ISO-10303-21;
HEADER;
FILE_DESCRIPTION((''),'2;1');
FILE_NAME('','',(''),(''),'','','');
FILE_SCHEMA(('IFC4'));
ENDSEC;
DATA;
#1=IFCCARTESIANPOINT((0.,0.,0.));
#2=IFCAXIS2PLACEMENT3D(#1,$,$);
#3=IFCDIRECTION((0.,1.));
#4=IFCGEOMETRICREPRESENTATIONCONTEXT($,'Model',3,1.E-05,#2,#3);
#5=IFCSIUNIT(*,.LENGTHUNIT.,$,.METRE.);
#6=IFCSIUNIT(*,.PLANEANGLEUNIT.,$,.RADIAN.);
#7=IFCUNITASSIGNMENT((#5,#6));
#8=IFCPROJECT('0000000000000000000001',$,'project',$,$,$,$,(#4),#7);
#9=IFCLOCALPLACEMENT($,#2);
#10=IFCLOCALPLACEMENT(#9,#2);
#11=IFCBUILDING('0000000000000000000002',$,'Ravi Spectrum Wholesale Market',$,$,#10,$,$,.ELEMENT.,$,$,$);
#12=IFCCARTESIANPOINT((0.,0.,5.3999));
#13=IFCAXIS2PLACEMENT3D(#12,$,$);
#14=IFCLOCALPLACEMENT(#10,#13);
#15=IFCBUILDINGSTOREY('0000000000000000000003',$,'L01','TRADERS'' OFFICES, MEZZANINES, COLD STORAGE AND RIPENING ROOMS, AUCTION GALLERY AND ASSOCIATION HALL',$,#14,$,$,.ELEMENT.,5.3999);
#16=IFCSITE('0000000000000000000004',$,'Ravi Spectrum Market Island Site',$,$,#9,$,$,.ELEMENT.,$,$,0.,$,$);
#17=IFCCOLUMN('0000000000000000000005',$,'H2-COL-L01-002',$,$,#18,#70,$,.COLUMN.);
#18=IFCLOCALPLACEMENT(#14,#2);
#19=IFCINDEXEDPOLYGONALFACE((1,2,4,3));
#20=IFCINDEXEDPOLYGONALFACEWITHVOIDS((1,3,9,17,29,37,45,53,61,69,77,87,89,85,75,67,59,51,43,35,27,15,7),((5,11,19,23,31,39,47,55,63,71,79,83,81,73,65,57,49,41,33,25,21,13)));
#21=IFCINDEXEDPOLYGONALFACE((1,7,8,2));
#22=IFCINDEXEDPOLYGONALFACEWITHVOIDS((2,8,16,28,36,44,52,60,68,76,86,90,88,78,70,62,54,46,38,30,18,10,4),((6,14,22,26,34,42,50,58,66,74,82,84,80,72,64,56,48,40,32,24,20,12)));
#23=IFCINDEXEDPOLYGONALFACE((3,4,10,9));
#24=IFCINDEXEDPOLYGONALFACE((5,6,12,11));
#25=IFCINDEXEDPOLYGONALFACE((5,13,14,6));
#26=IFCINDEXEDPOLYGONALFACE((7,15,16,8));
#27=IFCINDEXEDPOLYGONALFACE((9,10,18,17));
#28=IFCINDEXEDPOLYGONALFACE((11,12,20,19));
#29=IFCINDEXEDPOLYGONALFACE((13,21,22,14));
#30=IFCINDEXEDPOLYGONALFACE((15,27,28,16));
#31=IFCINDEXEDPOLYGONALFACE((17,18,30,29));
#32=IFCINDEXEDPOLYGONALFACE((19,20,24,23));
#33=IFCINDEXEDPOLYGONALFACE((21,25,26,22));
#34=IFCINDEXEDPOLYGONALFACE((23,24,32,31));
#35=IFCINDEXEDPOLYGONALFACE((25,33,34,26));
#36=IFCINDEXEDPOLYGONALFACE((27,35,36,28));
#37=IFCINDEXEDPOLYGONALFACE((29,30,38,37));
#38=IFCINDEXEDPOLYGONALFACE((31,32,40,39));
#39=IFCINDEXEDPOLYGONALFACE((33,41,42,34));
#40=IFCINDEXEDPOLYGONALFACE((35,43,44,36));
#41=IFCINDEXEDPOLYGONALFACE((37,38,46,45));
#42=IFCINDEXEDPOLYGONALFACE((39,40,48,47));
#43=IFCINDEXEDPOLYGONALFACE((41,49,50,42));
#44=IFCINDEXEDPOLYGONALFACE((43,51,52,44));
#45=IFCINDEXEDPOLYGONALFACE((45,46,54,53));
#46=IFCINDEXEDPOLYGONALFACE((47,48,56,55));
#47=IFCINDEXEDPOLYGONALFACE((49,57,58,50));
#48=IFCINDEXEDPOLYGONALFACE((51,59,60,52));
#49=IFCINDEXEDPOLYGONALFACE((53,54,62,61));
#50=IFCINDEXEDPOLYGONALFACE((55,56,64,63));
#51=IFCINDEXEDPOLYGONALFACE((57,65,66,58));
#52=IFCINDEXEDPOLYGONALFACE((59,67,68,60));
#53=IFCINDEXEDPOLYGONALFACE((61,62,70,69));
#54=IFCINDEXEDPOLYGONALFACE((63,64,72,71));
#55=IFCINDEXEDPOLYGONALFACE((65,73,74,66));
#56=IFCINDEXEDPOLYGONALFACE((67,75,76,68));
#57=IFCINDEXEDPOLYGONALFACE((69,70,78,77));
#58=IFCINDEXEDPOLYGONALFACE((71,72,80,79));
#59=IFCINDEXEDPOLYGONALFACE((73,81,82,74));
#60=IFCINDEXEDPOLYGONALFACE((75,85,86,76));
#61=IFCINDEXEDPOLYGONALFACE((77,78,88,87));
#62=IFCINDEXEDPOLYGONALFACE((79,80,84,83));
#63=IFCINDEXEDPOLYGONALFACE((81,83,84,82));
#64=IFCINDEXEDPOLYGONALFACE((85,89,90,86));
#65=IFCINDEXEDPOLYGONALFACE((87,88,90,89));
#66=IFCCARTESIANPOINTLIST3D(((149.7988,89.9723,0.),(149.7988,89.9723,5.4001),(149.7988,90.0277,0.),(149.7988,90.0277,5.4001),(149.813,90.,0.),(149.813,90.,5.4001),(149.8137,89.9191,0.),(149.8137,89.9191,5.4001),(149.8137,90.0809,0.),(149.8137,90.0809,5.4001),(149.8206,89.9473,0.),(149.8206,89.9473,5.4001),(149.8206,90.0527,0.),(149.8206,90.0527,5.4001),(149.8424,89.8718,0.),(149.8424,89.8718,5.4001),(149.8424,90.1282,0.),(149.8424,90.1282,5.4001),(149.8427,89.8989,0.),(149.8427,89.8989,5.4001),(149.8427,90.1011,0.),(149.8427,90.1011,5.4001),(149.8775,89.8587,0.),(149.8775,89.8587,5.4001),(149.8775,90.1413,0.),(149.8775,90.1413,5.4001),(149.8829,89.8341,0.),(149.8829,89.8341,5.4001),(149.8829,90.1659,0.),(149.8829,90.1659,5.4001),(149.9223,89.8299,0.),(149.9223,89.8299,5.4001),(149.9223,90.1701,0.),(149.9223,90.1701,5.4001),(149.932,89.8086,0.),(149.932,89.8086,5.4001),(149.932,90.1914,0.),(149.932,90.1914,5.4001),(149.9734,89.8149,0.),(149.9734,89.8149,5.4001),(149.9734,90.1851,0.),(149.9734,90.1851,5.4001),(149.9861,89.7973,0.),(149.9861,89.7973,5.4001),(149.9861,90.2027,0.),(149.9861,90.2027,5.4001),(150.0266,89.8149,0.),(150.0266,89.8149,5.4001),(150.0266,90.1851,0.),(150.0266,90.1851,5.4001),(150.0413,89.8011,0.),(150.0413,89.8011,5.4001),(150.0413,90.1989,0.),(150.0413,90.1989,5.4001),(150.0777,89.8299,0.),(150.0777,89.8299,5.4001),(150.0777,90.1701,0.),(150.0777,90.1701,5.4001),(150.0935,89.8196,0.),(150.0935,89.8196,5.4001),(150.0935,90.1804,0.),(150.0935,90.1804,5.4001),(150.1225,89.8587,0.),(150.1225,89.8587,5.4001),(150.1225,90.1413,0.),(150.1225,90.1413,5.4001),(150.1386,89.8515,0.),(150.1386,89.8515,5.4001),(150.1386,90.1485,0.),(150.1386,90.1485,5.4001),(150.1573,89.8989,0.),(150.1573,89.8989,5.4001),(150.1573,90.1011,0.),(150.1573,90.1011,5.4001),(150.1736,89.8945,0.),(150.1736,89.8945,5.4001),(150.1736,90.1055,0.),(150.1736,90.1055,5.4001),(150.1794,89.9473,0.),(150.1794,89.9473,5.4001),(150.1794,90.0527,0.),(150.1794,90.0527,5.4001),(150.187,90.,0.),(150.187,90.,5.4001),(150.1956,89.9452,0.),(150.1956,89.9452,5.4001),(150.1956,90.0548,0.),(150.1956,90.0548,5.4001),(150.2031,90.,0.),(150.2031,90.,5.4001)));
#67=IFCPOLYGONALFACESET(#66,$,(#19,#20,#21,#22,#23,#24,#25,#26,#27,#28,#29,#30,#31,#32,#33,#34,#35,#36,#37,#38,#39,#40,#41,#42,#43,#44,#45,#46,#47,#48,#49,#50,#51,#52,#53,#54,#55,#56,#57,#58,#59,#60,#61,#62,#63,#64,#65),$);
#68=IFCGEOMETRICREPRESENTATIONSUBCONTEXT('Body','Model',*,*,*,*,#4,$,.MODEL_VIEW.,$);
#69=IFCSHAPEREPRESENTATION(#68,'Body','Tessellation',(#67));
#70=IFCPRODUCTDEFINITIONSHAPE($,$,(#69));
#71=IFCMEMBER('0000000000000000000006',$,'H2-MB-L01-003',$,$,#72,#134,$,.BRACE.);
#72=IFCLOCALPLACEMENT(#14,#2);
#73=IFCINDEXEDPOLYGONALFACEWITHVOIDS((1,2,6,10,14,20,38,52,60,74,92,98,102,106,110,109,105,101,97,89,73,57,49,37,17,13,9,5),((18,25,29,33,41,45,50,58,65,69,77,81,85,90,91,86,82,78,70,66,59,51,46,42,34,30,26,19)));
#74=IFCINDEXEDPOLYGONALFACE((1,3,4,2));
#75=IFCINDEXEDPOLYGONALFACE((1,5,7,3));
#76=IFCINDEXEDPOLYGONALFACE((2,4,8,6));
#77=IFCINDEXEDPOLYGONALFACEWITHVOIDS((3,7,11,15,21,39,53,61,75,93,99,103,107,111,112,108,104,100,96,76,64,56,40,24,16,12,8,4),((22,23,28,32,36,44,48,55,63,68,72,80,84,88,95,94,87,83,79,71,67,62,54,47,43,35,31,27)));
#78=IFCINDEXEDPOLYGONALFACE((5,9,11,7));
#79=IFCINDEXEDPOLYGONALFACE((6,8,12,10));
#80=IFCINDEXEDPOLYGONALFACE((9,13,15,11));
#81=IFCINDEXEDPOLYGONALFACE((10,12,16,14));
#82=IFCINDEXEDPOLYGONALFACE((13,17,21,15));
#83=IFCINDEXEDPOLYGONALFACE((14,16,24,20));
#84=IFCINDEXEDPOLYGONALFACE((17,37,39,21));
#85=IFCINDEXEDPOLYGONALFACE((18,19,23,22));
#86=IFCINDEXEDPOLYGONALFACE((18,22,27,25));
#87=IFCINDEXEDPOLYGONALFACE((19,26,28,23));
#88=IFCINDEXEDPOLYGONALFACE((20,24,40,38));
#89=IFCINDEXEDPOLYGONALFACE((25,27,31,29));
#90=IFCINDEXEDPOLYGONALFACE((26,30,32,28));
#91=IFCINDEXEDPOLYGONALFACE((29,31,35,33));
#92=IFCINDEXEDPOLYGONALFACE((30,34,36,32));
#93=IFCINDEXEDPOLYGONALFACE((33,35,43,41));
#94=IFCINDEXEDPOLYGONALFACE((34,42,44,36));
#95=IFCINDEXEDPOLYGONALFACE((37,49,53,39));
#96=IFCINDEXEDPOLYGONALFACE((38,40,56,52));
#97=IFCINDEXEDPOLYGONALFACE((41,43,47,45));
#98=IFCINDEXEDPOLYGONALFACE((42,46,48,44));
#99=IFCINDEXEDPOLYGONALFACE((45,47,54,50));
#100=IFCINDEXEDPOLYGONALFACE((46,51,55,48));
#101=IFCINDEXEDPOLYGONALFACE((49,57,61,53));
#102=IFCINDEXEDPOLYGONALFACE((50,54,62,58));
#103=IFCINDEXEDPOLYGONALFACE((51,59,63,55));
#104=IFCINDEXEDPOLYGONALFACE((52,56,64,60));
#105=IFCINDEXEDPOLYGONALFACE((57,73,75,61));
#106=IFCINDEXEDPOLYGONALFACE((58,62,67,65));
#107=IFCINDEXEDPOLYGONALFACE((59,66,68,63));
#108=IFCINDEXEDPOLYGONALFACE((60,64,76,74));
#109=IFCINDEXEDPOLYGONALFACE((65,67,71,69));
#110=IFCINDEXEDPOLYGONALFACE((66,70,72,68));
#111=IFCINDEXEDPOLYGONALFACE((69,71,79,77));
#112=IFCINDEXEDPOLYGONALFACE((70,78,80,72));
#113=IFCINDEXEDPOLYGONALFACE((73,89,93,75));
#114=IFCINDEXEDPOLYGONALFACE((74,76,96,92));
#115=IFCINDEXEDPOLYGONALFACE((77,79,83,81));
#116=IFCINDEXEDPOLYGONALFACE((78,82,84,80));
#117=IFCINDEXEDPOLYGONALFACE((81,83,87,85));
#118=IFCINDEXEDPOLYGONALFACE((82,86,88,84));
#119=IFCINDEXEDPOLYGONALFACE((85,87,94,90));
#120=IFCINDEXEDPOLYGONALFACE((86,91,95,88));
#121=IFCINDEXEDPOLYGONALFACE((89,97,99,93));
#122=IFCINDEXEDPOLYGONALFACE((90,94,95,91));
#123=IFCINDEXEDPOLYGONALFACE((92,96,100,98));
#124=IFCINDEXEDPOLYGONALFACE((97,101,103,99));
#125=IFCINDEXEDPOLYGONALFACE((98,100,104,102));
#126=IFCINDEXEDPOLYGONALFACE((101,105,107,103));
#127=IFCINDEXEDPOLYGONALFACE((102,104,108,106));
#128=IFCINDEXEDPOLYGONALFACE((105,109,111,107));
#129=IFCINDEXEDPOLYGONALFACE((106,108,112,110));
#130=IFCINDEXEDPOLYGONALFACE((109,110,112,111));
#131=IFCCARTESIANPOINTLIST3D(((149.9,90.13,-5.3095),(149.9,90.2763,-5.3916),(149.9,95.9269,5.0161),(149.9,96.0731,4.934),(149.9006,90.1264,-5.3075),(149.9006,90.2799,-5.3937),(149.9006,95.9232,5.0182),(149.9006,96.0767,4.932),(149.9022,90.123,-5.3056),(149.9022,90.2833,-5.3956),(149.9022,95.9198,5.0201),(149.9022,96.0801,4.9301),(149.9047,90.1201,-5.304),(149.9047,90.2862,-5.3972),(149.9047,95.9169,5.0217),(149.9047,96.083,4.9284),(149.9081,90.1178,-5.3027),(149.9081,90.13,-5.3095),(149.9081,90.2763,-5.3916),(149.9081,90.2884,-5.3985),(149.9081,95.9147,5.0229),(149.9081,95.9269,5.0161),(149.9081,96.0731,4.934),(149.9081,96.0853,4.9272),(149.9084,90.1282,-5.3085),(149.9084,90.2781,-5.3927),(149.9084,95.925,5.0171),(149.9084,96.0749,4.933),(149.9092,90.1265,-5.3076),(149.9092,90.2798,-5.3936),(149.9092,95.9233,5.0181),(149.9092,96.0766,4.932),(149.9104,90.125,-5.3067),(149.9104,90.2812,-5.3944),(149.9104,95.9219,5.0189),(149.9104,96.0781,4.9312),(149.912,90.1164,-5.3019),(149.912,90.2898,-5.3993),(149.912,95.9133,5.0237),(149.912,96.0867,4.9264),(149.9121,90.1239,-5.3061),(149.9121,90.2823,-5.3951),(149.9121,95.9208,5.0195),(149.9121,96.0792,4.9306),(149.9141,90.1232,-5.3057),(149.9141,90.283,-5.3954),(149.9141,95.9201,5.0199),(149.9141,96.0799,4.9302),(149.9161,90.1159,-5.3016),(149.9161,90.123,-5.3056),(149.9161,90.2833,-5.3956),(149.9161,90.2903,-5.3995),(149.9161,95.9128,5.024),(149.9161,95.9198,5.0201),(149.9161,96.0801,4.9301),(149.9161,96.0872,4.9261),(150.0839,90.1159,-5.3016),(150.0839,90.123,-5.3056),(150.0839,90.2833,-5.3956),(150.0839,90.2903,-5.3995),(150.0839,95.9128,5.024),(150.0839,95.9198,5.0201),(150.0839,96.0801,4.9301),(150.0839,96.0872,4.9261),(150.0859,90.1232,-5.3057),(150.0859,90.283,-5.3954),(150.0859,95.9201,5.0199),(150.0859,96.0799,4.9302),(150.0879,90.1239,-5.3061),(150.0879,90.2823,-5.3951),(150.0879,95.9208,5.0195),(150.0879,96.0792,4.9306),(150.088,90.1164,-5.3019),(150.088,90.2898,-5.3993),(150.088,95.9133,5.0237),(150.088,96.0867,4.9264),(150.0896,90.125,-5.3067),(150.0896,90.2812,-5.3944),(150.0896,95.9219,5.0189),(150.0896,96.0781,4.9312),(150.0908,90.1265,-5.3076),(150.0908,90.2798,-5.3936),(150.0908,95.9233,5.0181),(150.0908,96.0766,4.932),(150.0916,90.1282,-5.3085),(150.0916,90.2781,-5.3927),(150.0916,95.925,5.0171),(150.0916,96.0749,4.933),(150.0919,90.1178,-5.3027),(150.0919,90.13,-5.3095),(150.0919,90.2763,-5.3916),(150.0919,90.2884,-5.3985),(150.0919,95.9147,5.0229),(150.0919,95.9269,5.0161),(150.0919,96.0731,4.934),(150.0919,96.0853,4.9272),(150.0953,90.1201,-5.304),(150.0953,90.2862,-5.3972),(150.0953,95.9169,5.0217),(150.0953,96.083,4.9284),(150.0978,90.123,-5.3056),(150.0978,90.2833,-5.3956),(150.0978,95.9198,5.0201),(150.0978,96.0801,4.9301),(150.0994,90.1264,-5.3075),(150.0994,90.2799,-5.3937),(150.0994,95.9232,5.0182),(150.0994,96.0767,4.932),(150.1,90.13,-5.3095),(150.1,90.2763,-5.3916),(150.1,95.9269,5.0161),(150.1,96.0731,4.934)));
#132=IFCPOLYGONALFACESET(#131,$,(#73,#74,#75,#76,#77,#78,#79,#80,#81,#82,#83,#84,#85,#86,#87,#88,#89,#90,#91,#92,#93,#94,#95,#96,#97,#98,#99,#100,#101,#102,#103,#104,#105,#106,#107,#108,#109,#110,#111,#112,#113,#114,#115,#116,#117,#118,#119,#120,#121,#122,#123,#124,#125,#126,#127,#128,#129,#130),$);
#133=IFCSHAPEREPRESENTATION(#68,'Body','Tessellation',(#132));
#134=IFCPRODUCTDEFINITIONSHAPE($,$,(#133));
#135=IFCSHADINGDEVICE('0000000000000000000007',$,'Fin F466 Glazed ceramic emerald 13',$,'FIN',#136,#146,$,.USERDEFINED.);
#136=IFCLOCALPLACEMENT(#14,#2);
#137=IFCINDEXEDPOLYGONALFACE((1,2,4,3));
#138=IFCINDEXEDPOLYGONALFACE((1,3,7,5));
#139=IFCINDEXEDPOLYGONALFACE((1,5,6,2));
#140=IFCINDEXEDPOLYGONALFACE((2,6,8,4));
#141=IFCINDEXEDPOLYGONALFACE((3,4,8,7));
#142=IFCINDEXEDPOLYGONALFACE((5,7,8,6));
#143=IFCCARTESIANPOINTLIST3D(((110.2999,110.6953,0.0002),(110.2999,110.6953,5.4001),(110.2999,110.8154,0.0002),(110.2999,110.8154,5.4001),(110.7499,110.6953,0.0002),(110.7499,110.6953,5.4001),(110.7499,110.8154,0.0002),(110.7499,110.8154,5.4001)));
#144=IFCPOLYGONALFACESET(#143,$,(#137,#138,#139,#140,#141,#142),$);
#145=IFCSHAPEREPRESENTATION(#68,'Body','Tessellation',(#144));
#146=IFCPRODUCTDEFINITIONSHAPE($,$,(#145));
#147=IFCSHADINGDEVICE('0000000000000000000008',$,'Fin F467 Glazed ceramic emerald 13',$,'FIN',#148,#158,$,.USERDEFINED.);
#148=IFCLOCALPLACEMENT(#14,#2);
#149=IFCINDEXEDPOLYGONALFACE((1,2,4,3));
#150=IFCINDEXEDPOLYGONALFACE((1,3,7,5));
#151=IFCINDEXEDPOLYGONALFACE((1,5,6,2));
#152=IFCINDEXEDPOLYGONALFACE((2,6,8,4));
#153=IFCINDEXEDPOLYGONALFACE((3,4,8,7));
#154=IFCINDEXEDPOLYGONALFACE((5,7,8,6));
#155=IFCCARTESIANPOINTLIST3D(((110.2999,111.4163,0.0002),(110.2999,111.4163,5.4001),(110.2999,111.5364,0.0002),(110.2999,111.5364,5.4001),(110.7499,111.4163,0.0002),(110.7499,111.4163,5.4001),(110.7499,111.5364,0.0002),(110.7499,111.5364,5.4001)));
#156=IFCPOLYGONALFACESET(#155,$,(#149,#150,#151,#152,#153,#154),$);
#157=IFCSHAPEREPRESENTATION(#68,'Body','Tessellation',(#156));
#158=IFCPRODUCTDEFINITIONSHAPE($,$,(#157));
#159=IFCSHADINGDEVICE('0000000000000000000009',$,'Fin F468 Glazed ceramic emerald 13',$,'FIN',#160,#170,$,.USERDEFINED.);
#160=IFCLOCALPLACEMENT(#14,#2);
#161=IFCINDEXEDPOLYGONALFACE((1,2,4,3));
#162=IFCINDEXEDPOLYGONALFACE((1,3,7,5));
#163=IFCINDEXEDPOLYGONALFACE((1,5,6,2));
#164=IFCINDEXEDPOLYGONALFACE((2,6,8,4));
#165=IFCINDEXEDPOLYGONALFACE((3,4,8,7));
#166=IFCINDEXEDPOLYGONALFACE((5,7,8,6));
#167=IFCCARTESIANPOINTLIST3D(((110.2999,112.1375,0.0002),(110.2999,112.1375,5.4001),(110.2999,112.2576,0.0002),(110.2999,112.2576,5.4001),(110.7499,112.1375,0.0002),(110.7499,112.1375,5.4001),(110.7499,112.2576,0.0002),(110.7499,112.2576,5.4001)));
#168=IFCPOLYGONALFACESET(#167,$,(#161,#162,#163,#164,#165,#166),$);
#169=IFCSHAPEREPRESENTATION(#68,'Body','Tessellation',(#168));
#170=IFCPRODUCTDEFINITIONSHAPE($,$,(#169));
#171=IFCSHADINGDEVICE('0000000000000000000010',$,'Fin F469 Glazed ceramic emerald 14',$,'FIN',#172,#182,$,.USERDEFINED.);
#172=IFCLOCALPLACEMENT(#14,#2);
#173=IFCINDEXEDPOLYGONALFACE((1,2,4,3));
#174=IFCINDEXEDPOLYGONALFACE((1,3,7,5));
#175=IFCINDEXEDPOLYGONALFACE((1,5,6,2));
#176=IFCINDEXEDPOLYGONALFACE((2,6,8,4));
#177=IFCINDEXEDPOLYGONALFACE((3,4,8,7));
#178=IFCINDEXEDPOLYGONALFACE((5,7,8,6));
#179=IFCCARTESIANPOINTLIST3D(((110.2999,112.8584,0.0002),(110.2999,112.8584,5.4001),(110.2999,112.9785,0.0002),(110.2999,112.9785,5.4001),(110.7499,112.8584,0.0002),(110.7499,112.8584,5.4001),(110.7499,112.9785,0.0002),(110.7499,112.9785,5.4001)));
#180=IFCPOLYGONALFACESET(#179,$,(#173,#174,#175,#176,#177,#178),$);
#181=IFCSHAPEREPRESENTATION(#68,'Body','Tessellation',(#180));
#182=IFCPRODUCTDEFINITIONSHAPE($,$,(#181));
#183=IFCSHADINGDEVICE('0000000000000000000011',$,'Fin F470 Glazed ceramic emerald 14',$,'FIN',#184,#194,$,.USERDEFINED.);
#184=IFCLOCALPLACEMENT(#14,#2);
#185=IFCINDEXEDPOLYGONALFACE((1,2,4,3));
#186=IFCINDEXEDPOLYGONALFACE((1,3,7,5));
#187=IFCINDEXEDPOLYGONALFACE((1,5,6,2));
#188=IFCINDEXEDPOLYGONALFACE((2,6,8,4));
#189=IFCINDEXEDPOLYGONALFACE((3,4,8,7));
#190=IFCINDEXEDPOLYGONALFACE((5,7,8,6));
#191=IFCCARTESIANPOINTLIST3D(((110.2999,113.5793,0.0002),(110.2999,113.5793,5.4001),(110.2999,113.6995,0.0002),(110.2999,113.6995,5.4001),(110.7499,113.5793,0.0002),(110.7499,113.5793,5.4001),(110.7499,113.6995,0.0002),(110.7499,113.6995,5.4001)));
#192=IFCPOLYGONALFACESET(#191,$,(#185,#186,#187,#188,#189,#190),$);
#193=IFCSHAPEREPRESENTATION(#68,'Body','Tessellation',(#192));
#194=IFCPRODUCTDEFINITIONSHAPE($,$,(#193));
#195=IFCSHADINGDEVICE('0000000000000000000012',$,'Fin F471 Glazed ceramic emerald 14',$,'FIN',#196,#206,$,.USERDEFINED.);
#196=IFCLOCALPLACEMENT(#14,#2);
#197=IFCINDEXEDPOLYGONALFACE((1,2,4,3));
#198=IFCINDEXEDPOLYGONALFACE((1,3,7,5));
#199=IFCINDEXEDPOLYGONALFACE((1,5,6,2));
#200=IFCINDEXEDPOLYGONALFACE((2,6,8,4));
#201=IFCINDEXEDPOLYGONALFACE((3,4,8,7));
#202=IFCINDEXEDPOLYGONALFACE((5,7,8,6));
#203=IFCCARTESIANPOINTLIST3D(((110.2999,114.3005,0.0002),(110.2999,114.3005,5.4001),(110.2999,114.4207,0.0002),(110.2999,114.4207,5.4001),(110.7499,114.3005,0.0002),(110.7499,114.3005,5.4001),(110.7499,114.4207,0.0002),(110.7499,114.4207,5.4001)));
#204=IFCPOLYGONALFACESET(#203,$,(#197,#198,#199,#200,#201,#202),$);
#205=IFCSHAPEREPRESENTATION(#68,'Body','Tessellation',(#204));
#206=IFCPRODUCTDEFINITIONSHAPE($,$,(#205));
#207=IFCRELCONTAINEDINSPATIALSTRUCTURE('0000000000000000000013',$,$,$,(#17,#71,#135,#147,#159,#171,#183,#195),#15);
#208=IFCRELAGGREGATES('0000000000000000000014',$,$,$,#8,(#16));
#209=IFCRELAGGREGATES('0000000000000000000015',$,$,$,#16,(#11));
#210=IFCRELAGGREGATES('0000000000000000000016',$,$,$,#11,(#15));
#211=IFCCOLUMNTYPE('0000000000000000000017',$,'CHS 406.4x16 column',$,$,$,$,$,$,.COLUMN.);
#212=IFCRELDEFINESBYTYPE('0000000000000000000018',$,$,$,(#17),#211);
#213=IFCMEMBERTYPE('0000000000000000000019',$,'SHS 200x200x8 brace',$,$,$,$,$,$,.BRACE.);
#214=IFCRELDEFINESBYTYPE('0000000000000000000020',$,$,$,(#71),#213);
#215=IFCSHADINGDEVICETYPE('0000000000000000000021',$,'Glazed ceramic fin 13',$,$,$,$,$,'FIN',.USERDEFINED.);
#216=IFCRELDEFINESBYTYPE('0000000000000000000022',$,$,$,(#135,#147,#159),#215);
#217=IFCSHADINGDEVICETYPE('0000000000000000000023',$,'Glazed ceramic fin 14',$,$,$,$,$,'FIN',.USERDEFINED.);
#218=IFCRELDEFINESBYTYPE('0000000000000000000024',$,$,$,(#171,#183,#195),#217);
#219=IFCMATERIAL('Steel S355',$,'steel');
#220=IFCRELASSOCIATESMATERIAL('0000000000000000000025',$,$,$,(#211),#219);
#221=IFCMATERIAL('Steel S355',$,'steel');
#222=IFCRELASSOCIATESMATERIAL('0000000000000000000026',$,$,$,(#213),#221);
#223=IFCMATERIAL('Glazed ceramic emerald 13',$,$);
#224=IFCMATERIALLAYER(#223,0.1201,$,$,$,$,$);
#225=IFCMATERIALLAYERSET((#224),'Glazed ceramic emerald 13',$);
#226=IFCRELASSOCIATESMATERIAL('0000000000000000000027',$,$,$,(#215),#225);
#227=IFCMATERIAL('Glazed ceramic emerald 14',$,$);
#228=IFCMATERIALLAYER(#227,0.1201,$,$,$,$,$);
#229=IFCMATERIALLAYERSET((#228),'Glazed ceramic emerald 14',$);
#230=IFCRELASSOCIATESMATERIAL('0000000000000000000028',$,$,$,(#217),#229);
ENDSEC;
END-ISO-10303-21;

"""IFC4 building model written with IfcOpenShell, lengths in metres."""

from ifc_helpers import new_model, si_unit, direction, frame, origin, origin_2d, place, context, subcontext, project, spatial, rectangle, hollow_rectangle, hollow_circle, extrude, material, layer, layer_set, material_profile, profile_set, type_object, element, save


model = new_model("IFC4")

# Units and contexts
model_context = context("Model", 3, precision=1e-05, world=origin(), true_north=direction((0.0, 1.0)))
body_context = subcontext(model_context, "Body", "Model", "MODEL_VIEW")
ifc_project = project(units=[si_unit("LENGTHUNIT", "METRE"), si_unit("PLANEANGLEUNIT", "RADIAN")], contexts=[model_context])

# Site, building, storey
site_placement = place(None, origin())
site = spatial("IfcSite", under=ifc_project, at=site_placement, Name="Ravi Spectrum Market Island Site", CompositionType="ELEMENT", RefElevation=0.0)
building_placement = place(site_placement, origin())
building = spatial("IfcBuilding", under=site, at=building_placement, Name="Ravi Spectrum Wholesale Market", CompositionType="ELEMENT")
storey_placement = place(building_placement, frame((0.0, 0.0, 5.3999)))
storey = spatial("IfcBuildingStorey", under=building, at=storey_placement, Name="L01", Description="TRADERS' OFFICES, MEZZANINES, COLD STORAGE AND RIPENING ROOMS, AUCTION GALLERY AND ASSOCIATION HALL", CompositionType="ELEMENT", Elevation=5.3999)

# Column
ifc_material_1 = material(Name="Steel S355", Category="steel")
ifc_material_profile_1 = material_profile(ifc_material_1, hollow_circle(Radius=0.2031, WallThickness=0.0161, at=origin_2d()))
ifc_profile_set_1 = profile_set([ifc_material_profile_1], Name="Steel S355")
column_type = type_object("IfcColumnType", Name="CHS 406.4x16 column", PredefinedType="COLUMN", material=ifc_profile_set_1)
column_placement = place(storey_placement, frame((150.0, 90.0, 0.0), z_axis=(0.0, 0.0, 1.0), x_axis=(1.0, 0.0, 0.0)))
element("IfcColumn", 1, at=column_placement, inside=storey, type_object=column_type, Name="H2-COL-L01-002", PredefinedType="COLUMN", context=body_context, shape_type="SweptSolid", body=[
    extrude(hollow_circle(Radius=0.2031, WallThickness=0.0161, at=origin_2d()), origin(), (0.0, 0.0, 1.0), 5.4001),
])

# Member
ifc_material_2 = material(Name="Steel S355", Category="steel")
ifc_material_profile_2 = material_profile(ifc_material_2, hollow_rectangle(XDim=0.2, YDim=0.2, WallThickness=0.0081, InnerFilletRadius=0.0081, OuterFilletRadius=0.0161, at=origin_2d()))
ifc_profile_set_2 = profile_set([ifc_material_profile_2], Name="Steel S355")
member_type = type_object("IfcMemberType", Name="SHS 200x200x8 brace", PredefinedType="BRACE", material=ifc_profile_set_2)
member_placement = place(storey_placement, frame((150.0, 90.2031, -5.3506), z_axis=(0.0, 0.489535, 0.871984), x_axis=(-1.0, 0.0, 0.0)))
element("IfcMember", 2, at=member_placement, inside=storey, type_object=member_type, Name="H2-MB-L01-003", PredefinedType="BRACE", context=body_context, shape_type="SweptSolid", body=[
    extrude(hollow_rectangle(XDim=0.2, YDim=0.2, WallThickness=0.0081, InnerFilletRadius=0.0081, OuterFilletRadius=0.0161, at=origin_2d()), origin(), (0.0, 0.0, 1.0), 11.8416),
])

# Shading devices
ifc_material_3 = material(Name="Glazed ceramic emerald 13")
ifc_layer_1 = layer(ifc_material_3, 0.1201)
ifc_layer_set_1 = layer_set([ifc_layer_1], Name="Glazed ceramic emerald 13")
shading_device_type_1 = type_object("IfcShadingDeviceType", Name="Glazed ceramic fin 13", ElementType="FIN", PredefinedType="USERDEFINED", material=ifc_layer_set_1)
for number, where, z_axis, x_axis, name in (
    (3, (110.5249, 110.7554, 0.0002), (0.0, 0.0, 1.0), (0.0, 1.0, 0.0), "Fin F466 Glazed ceramic emerald 13"),
    (4, (110.5249, 111.4763, 0.0002), (0.0, 0.0, 1.0), (0.0, 1.0, 0.0), "Fin F467 Glazed ceramic emerald 13"),
    (5, (110.5249, 112.1975, 0.0002), (0.0, 0.0, 1.0), (0.0, 1.0, 0.0), "Fin F468 Glazed ceramic emerald 13"),
):
    element("IfcShadingDevice", number, at=place(storey_placement, frame(where, z_axis=z_axis, x_axis=x_axis)), inside=storey, type_object=shading_device_type_1, Name=name, ObjectType="FIN", PredefinedType="USERDEFINED", context=body_context, shape_type="SweptSolid", body=[
        extrude(rectangle(XDim=0.1201, YDim=0.45, at=origin_2d()), origin(), (0.0, 0.0, 1.0), 5.3999),
    ])
ifc_material_4 = material(Name="Glazed ceramic emerald 14")
ifc_layer_2 = layer(ifc_material_4, 0.1201)
ifc_layer_set_2 = layer_set([ifc_layer_2], Name="Glazed ceramic emerald 14")
shading_device_type_2 = type_object("IfcShadingDeviceType", Name="Glazed ceramic fin 14", ElementType="FIN", PredefinedType="USERDEFINED", material=ifc_layer_set_2)
for number, where, z_axis, x_axis, name in (
    (6, (110.5249, 112.9185, 0.0002), (0.0, 0.0, 1.0), (0.0, 1.0, 0.0), "Fin F469 Glazed ceramic emerald 14"),
    (7, (110.5249, 113.6394, 0.0002), (0.0, 0.0, 1.0), (0.0, 1.0, 0.0), "Fin F470 Glazed ceramic emerald 14"),
    (8, (110.5249, 114.3606, 0.0002), (0.0, 0.0, 1.0), (0.0, 1.0, 0.0), "Fin F471 Glazed ceramic emerald 14"),
):
    element("IfcShadingDevice", number, at=place(storey_placement, frame(where, z_axis=z_axis, x_axis=x_axis)), inside=storey, type_object=shading_device_type_2, Name=name, ObjectType="FIN", PredefinedType="USERDEFINED", context=body_context, shape_type="SweptSolid", body=[
        extrude(rectangle(XDim=0.1201, YDim=0.45, at=origin_2d()), origin(), (0.0, 0.0, 1.0), 5.3999),
    ])

save(model, "model.ifc")
